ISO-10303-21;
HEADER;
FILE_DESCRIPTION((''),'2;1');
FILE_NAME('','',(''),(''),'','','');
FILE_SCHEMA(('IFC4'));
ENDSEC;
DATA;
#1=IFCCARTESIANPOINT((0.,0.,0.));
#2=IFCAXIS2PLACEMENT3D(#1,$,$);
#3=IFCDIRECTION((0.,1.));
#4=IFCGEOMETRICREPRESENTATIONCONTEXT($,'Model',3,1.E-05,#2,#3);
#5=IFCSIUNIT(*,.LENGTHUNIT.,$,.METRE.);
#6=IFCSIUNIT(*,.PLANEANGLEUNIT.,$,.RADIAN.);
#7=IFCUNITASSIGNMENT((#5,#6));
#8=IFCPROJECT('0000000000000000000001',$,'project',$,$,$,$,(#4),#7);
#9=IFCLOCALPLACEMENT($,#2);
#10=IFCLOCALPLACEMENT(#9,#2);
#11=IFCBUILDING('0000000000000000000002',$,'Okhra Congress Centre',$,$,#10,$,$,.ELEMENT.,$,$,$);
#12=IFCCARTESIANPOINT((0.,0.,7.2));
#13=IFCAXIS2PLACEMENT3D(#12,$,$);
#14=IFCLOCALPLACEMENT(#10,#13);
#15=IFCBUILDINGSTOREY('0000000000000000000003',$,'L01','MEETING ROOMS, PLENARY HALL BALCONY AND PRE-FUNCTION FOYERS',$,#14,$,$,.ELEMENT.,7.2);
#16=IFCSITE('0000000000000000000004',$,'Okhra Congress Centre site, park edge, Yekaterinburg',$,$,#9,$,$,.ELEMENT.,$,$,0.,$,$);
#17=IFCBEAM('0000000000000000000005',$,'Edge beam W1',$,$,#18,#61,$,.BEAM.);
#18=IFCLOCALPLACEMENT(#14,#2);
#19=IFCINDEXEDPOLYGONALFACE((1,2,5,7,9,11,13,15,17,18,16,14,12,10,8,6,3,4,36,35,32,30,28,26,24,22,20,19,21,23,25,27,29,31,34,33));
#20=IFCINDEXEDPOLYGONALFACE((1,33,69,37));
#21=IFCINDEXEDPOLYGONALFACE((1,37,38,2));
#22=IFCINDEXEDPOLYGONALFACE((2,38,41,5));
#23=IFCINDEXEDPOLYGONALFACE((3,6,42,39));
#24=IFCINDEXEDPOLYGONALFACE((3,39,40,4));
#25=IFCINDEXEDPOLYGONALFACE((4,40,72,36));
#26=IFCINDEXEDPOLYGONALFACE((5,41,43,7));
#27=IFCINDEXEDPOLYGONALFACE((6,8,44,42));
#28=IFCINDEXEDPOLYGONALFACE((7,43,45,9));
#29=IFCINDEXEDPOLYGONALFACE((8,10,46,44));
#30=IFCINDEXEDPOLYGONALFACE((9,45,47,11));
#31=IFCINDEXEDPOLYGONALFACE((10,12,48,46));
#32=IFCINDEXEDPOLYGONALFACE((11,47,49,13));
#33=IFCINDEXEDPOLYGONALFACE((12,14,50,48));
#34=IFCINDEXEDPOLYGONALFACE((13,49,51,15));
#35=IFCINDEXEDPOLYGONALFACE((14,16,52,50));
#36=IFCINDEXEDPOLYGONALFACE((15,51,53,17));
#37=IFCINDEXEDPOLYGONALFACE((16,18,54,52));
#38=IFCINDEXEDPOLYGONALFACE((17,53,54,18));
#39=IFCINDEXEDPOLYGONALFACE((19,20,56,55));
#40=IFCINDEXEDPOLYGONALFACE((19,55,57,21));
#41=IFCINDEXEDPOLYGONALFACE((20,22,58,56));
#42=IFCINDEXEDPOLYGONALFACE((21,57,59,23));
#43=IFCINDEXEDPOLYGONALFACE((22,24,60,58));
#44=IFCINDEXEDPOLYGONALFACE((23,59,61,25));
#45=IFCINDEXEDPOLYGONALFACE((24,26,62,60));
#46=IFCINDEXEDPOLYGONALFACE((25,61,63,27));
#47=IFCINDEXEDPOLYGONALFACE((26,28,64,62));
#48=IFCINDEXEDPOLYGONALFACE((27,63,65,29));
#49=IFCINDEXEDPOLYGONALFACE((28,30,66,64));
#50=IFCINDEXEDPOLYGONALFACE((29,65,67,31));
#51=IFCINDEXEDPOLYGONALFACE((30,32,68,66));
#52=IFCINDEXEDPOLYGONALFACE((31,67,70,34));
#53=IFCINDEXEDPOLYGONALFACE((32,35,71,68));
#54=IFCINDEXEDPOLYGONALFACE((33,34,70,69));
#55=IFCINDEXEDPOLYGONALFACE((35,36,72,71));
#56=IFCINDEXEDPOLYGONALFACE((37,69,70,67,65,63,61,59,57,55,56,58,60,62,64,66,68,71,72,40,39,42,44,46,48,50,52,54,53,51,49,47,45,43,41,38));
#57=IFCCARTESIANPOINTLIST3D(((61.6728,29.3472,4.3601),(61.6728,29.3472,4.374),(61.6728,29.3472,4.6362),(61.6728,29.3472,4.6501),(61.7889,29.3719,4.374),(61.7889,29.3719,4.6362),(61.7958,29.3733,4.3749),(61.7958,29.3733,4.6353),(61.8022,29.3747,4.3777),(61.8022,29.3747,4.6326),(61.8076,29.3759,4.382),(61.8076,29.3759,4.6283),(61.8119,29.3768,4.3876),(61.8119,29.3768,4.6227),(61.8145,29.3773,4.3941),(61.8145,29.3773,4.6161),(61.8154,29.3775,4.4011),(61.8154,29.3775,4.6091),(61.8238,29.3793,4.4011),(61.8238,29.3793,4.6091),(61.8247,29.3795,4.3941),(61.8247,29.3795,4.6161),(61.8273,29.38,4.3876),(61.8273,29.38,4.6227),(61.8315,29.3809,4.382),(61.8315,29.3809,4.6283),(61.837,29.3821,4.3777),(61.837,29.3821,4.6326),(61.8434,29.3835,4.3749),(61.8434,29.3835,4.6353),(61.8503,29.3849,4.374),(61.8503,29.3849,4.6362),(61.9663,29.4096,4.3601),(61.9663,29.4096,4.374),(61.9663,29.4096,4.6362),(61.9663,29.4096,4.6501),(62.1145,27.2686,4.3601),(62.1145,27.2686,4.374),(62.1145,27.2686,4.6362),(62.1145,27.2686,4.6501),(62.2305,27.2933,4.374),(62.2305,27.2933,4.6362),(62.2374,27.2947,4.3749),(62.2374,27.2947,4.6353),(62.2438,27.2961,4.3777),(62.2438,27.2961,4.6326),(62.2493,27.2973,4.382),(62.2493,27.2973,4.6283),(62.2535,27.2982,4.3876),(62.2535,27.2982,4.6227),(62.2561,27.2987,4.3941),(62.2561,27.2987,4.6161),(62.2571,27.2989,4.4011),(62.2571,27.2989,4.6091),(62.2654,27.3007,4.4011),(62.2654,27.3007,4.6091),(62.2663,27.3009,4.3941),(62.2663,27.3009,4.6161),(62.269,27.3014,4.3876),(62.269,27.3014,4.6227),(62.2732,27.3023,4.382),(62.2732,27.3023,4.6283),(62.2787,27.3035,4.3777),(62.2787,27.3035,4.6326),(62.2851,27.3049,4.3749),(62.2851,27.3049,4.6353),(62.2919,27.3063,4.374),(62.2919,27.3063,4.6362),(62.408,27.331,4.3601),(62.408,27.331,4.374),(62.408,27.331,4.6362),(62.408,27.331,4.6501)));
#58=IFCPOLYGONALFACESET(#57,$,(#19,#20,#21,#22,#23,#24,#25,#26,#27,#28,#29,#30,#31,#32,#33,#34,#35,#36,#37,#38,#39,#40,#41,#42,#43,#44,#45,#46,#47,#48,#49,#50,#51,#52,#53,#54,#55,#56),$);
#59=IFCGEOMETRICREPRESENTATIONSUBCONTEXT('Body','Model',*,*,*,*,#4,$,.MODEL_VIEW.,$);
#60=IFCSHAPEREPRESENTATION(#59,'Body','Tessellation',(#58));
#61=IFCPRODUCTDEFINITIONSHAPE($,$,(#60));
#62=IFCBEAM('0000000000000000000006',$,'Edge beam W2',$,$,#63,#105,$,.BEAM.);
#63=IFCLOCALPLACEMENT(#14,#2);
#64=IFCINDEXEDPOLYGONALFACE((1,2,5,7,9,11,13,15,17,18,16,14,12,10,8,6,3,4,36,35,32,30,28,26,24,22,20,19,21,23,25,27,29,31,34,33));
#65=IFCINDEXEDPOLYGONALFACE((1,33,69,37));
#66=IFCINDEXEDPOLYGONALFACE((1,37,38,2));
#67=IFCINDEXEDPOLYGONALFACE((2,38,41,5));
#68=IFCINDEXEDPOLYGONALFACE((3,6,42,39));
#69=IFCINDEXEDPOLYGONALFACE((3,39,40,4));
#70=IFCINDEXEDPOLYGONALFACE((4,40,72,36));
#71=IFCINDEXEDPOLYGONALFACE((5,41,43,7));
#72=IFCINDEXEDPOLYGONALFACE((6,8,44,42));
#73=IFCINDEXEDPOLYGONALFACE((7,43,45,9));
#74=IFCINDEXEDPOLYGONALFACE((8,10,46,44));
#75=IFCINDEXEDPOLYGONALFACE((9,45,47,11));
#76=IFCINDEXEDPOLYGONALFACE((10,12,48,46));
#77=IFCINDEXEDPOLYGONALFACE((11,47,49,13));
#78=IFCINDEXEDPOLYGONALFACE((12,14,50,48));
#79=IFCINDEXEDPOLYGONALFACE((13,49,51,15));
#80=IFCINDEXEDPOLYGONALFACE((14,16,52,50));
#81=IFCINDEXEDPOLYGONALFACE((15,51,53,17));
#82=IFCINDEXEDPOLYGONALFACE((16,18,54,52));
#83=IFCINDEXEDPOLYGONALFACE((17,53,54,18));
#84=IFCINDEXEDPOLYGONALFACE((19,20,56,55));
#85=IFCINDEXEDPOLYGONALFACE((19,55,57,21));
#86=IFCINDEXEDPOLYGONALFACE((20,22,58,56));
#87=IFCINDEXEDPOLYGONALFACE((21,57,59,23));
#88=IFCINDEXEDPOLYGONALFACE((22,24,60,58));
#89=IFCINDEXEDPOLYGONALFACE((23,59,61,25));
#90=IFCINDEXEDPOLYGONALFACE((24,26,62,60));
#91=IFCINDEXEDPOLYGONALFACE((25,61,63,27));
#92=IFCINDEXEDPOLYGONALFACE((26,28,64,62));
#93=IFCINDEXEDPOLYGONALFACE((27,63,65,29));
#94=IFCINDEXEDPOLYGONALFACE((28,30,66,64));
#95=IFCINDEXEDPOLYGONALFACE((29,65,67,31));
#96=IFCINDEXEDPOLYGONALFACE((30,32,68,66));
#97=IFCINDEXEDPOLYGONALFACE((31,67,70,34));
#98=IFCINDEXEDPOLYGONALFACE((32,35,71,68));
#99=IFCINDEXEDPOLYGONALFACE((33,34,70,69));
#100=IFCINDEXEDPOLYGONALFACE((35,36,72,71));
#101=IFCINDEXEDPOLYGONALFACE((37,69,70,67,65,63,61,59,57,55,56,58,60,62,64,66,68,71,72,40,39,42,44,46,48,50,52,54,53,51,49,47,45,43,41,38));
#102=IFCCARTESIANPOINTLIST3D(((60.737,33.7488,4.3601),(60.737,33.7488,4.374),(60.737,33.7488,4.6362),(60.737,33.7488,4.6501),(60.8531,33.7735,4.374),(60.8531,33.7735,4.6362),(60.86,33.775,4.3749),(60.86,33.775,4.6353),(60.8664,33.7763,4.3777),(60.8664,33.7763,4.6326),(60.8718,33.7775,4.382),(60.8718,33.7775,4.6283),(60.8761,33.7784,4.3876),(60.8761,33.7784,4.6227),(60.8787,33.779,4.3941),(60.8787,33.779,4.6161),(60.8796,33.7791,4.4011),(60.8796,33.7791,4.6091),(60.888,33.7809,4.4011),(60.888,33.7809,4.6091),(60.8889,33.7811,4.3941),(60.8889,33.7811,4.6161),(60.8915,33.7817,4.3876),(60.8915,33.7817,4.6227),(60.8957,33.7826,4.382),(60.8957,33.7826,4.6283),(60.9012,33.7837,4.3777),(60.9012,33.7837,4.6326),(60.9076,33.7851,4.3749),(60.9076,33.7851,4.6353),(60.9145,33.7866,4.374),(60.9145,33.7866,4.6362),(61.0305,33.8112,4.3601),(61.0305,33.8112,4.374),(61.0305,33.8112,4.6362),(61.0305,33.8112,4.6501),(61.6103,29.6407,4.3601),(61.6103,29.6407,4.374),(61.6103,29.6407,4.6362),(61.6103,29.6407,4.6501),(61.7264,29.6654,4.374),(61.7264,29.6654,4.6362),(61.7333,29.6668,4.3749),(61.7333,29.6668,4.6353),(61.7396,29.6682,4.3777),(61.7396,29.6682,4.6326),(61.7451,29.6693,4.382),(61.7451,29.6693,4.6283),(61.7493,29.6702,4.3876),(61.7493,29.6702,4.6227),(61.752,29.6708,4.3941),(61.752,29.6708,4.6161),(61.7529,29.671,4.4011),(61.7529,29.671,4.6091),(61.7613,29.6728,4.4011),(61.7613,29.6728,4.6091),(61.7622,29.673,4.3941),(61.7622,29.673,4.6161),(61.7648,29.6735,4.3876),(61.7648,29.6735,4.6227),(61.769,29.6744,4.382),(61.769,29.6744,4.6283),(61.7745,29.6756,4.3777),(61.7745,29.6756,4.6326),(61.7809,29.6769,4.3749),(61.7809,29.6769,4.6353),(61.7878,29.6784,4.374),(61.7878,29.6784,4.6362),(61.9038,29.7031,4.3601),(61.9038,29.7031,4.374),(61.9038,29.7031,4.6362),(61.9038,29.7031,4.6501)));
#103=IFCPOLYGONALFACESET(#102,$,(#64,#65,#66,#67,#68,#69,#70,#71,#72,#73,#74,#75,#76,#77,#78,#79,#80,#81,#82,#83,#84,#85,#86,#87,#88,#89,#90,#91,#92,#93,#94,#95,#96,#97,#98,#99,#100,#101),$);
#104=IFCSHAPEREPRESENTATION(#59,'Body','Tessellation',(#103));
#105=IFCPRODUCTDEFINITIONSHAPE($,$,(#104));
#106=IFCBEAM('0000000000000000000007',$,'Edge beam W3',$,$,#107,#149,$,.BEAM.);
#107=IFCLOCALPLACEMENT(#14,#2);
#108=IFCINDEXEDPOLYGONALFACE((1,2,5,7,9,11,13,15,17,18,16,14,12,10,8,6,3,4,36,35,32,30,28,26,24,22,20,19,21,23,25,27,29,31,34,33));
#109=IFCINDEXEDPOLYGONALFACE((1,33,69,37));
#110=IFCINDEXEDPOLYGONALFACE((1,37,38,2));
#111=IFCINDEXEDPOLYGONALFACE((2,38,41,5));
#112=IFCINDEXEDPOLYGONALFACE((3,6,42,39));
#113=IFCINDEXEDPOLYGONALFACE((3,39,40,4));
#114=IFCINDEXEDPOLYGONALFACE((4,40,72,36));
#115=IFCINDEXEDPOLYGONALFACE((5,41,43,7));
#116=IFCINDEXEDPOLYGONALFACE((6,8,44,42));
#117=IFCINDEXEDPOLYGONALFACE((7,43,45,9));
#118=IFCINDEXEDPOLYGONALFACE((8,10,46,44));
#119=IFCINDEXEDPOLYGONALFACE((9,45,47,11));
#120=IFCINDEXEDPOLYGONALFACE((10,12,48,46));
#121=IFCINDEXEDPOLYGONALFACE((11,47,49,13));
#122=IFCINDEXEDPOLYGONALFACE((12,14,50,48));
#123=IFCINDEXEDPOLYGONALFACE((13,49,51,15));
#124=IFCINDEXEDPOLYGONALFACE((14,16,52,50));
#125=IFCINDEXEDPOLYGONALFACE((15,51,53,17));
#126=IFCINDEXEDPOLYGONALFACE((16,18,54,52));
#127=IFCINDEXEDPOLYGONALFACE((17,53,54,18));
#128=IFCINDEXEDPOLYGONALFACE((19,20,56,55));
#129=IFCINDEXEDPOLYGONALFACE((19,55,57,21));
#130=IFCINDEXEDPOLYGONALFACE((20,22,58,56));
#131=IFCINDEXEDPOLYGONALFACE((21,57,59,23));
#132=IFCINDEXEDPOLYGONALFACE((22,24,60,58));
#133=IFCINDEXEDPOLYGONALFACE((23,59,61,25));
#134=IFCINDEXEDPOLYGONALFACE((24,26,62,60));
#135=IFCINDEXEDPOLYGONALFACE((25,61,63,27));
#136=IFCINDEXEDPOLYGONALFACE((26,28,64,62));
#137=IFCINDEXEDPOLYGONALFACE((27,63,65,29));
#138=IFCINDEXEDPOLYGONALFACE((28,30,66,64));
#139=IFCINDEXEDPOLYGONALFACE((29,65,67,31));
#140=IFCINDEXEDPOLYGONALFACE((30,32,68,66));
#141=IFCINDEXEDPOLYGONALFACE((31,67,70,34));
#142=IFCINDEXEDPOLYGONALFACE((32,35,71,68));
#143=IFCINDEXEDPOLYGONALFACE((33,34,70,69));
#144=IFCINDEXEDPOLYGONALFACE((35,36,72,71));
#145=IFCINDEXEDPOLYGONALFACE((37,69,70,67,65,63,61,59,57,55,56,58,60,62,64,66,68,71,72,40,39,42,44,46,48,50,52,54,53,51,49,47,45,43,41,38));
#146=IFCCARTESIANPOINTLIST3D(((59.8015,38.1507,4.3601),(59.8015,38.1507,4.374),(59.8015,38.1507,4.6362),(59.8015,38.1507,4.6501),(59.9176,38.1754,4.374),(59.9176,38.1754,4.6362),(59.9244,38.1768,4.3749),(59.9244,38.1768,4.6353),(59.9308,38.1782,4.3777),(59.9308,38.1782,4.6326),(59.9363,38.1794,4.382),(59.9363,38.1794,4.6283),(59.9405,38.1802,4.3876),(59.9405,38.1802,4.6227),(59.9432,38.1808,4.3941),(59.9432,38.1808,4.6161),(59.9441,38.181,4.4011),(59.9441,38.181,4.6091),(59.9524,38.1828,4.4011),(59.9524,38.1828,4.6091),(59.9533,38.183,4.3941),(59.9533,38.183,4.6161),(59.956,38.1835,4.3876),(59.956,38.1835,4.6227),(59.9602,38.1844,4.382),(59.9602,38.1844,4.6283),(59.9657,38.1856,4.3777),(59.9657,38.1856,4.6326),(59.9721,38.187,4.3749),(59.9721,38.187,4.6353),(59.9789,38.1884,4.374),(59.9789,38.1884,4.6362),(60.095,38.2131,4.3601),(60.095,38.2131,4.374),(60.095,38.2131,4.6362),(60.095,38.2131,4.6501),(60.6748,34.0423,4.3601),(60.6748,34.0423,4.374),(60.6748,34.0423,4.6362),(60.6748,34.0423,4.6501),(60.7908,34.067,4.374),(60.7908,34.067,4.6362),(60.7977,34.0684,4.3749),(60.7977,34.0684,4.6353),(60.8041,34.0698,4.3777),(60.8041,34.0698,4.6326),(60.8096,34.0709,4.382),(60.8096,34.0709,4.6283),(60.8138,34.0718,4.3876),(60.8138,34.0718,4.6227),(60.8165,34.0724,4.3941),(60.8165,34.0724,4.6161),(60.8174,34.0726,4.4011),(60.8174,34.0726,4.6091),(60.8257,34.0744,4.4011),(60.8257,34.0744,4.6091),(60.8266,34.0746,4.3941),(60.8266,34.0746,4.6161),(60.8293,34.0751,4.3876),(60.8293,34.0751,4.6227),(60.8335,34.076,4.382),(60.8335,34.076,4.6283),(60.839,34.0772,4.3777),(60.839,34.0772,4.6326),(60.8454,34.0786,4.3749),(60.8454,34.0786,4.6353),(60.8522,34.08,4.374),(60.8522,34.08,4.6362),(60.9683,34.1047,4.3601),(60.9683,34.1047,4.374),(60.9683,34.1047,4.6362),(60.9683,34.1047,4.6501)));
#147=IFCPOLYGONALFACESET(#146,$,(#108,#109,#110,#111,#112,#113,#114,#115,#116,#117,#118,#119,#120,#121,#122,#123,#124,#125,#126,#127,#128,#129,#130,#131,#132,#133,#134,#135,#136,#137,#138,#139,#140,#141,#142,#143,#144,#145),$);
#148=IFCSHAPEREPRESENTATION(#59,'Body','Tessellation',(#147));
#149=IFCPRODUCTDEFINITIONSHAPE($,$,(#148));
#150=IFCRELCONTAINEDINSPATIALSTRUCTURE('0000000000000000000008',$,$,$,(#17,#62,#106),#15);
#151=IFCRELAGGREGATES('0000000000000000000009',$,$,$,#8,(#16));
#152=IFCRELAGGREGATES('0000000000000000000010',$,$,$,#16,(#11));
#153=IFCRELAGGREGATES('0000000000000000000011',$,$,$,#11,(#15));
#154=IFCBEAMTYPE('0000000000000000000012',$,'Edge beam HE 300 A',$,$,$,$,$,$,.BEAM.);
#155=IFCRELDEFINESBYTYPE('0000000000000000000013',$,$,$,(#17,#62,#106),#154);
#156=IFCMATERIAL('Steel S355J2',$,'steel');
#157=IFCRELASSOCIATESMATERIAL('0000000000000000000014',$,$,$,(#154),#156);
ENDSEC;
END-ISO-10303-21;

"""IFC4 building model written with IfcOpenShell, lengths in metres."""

from ifc_helpers import new_model, si_unit, direction, frame, origin, origin_2d, place, context, subcontext, project, spatial, i_section, extrude, material, material_profile, profile_set, type_object, element, save


model = new_model("IFC4")

# Units and contexts
model_context = context("Model", 3, precision=1e-05, world=origin(), true_north=direction((0.0, 1.0)))
body_context = subcontext(model_context, "Body", "Model", "MODEL_VIEW")
ifc_project = project(units=[si_unit("LENGTHUNIT", "METRE"), si_unit("PLANEANGLEUNIT", "RADIAN")], contexts=[model_context])

# Site, building, storey
site_placement = place(None, origin())
site = spatial("IfcSite", under=ifc_project, at=site_placement, Name="Okhra Congress Centre site, park edge, Yekaterinburg", CompositionType="ELEMENT", RefElevation=0.0)
building_placement = place(site_placement, origin())
building = spatial("IfcBuilding", under=site, at=building_placement, Name="Okhra Congress Centre", CompositionType="ELEMENT")
storey_placement = place(building_placement, frame((0.0, 0.0, 7.2)))
storey = spatial("IfcBuildingStorey", under=building, at=storey_placement, Name="L01", Description="MEETING ROOMS, PLENARY HALL BALCONY AND PRE-FUNCTION FOYERS", CompositionType="ELEMENT", Elevation=7.2)

# Shared definitions
ifc_material_1 = material(Name="Steel S355J2", Category="steel")

# Beams
ifc_material_profile_1 = material_profile(ifc_material_1, i_section(OverallWidth=0.3, OverallDepth=0.29, WebThickness=0.0085, FlangeThickness=0.0139, FilletRadius=0.0271, at=origin_2d()), Name="HE 300 A")
ifc_profile_set_1 = profile_set([ifc_material_profile_1], Name="Steel S355J2")
beam_type = type_object("IfcBeamType", Name="Edge beam HE 300 A", PredefinedType="BEAM", material=ifc_profile_set_1)
beam_1_placement = place(storey_placement, frame((62.2612, 27.2998, 4.5051), z_axis=(-0.207834, 0.978164, 0.0), x_axis=(-0.978164, -0.207834, 0.0)))
element("IfcBeam", 1, at=beam_1_placement, inside=storey, type_object=beam_type, Name="Edge beam W1", PredefinedType="BEAM", context=body_context, shape_type="SweptSolid", body=[
    extrude(i_section(OverallWidth=0.3, OverallDepth=0.29, WebThickness=0.0085, FlangeThickness=0.0139, FilletRadius=0.0271, at=origin_2d()), origin(), (0.0, 0.0, 1.0), 2.125),
])
beam_2_placement = place(storey_placement, frame((61.7571, 29.6719, 4.5051), z_axis=(-0.207929, 0.978144, 0.0), x_axis=(-0.978144, -0.207929, 0.0)))
element("IfcBeam", 2, at=beam_2_placement, inside=storey, type_object=beam_type, Name="Edge beam W2", PredefinedType="BEAM", context=body_context, shape_type="SweptSolid", body=[
    extrude(i_section(OverallWidth=0.3, OverallDepth=0.29, WebThickness=0.0085, FlangeThickness=0.0139, FilletRadius=0.0271, at=origin_2d()), origin(), (0.0, 0.0, 1.0), 4.2),
])
beam_3_placement = place(storey_placement, frame((60.8215, 34.0735, 4.5051), z_axis=(-0.207917, 0.978146, 0.0), x_axis=(-0.978146, -0.207917, 0.0)))
element("IfcBeam", 3, at=beam_3_placement, inside=storey, type_object=beam_type, Name="Edge beam W3", PredefinedType="BEAM", context=body_context, shape_type="SweptSolid", body=[
    extrude(i_section(OverallWidth=0.3, OverallDepth=0.29, WebThickness=0.0085, FlangeThickness=0.0139, FilletRadius=0.0271, at=origin_2d()), origin(), (0.0, 0.0, 1.0), 4.2002),
])

save(model, "model.ifc")
